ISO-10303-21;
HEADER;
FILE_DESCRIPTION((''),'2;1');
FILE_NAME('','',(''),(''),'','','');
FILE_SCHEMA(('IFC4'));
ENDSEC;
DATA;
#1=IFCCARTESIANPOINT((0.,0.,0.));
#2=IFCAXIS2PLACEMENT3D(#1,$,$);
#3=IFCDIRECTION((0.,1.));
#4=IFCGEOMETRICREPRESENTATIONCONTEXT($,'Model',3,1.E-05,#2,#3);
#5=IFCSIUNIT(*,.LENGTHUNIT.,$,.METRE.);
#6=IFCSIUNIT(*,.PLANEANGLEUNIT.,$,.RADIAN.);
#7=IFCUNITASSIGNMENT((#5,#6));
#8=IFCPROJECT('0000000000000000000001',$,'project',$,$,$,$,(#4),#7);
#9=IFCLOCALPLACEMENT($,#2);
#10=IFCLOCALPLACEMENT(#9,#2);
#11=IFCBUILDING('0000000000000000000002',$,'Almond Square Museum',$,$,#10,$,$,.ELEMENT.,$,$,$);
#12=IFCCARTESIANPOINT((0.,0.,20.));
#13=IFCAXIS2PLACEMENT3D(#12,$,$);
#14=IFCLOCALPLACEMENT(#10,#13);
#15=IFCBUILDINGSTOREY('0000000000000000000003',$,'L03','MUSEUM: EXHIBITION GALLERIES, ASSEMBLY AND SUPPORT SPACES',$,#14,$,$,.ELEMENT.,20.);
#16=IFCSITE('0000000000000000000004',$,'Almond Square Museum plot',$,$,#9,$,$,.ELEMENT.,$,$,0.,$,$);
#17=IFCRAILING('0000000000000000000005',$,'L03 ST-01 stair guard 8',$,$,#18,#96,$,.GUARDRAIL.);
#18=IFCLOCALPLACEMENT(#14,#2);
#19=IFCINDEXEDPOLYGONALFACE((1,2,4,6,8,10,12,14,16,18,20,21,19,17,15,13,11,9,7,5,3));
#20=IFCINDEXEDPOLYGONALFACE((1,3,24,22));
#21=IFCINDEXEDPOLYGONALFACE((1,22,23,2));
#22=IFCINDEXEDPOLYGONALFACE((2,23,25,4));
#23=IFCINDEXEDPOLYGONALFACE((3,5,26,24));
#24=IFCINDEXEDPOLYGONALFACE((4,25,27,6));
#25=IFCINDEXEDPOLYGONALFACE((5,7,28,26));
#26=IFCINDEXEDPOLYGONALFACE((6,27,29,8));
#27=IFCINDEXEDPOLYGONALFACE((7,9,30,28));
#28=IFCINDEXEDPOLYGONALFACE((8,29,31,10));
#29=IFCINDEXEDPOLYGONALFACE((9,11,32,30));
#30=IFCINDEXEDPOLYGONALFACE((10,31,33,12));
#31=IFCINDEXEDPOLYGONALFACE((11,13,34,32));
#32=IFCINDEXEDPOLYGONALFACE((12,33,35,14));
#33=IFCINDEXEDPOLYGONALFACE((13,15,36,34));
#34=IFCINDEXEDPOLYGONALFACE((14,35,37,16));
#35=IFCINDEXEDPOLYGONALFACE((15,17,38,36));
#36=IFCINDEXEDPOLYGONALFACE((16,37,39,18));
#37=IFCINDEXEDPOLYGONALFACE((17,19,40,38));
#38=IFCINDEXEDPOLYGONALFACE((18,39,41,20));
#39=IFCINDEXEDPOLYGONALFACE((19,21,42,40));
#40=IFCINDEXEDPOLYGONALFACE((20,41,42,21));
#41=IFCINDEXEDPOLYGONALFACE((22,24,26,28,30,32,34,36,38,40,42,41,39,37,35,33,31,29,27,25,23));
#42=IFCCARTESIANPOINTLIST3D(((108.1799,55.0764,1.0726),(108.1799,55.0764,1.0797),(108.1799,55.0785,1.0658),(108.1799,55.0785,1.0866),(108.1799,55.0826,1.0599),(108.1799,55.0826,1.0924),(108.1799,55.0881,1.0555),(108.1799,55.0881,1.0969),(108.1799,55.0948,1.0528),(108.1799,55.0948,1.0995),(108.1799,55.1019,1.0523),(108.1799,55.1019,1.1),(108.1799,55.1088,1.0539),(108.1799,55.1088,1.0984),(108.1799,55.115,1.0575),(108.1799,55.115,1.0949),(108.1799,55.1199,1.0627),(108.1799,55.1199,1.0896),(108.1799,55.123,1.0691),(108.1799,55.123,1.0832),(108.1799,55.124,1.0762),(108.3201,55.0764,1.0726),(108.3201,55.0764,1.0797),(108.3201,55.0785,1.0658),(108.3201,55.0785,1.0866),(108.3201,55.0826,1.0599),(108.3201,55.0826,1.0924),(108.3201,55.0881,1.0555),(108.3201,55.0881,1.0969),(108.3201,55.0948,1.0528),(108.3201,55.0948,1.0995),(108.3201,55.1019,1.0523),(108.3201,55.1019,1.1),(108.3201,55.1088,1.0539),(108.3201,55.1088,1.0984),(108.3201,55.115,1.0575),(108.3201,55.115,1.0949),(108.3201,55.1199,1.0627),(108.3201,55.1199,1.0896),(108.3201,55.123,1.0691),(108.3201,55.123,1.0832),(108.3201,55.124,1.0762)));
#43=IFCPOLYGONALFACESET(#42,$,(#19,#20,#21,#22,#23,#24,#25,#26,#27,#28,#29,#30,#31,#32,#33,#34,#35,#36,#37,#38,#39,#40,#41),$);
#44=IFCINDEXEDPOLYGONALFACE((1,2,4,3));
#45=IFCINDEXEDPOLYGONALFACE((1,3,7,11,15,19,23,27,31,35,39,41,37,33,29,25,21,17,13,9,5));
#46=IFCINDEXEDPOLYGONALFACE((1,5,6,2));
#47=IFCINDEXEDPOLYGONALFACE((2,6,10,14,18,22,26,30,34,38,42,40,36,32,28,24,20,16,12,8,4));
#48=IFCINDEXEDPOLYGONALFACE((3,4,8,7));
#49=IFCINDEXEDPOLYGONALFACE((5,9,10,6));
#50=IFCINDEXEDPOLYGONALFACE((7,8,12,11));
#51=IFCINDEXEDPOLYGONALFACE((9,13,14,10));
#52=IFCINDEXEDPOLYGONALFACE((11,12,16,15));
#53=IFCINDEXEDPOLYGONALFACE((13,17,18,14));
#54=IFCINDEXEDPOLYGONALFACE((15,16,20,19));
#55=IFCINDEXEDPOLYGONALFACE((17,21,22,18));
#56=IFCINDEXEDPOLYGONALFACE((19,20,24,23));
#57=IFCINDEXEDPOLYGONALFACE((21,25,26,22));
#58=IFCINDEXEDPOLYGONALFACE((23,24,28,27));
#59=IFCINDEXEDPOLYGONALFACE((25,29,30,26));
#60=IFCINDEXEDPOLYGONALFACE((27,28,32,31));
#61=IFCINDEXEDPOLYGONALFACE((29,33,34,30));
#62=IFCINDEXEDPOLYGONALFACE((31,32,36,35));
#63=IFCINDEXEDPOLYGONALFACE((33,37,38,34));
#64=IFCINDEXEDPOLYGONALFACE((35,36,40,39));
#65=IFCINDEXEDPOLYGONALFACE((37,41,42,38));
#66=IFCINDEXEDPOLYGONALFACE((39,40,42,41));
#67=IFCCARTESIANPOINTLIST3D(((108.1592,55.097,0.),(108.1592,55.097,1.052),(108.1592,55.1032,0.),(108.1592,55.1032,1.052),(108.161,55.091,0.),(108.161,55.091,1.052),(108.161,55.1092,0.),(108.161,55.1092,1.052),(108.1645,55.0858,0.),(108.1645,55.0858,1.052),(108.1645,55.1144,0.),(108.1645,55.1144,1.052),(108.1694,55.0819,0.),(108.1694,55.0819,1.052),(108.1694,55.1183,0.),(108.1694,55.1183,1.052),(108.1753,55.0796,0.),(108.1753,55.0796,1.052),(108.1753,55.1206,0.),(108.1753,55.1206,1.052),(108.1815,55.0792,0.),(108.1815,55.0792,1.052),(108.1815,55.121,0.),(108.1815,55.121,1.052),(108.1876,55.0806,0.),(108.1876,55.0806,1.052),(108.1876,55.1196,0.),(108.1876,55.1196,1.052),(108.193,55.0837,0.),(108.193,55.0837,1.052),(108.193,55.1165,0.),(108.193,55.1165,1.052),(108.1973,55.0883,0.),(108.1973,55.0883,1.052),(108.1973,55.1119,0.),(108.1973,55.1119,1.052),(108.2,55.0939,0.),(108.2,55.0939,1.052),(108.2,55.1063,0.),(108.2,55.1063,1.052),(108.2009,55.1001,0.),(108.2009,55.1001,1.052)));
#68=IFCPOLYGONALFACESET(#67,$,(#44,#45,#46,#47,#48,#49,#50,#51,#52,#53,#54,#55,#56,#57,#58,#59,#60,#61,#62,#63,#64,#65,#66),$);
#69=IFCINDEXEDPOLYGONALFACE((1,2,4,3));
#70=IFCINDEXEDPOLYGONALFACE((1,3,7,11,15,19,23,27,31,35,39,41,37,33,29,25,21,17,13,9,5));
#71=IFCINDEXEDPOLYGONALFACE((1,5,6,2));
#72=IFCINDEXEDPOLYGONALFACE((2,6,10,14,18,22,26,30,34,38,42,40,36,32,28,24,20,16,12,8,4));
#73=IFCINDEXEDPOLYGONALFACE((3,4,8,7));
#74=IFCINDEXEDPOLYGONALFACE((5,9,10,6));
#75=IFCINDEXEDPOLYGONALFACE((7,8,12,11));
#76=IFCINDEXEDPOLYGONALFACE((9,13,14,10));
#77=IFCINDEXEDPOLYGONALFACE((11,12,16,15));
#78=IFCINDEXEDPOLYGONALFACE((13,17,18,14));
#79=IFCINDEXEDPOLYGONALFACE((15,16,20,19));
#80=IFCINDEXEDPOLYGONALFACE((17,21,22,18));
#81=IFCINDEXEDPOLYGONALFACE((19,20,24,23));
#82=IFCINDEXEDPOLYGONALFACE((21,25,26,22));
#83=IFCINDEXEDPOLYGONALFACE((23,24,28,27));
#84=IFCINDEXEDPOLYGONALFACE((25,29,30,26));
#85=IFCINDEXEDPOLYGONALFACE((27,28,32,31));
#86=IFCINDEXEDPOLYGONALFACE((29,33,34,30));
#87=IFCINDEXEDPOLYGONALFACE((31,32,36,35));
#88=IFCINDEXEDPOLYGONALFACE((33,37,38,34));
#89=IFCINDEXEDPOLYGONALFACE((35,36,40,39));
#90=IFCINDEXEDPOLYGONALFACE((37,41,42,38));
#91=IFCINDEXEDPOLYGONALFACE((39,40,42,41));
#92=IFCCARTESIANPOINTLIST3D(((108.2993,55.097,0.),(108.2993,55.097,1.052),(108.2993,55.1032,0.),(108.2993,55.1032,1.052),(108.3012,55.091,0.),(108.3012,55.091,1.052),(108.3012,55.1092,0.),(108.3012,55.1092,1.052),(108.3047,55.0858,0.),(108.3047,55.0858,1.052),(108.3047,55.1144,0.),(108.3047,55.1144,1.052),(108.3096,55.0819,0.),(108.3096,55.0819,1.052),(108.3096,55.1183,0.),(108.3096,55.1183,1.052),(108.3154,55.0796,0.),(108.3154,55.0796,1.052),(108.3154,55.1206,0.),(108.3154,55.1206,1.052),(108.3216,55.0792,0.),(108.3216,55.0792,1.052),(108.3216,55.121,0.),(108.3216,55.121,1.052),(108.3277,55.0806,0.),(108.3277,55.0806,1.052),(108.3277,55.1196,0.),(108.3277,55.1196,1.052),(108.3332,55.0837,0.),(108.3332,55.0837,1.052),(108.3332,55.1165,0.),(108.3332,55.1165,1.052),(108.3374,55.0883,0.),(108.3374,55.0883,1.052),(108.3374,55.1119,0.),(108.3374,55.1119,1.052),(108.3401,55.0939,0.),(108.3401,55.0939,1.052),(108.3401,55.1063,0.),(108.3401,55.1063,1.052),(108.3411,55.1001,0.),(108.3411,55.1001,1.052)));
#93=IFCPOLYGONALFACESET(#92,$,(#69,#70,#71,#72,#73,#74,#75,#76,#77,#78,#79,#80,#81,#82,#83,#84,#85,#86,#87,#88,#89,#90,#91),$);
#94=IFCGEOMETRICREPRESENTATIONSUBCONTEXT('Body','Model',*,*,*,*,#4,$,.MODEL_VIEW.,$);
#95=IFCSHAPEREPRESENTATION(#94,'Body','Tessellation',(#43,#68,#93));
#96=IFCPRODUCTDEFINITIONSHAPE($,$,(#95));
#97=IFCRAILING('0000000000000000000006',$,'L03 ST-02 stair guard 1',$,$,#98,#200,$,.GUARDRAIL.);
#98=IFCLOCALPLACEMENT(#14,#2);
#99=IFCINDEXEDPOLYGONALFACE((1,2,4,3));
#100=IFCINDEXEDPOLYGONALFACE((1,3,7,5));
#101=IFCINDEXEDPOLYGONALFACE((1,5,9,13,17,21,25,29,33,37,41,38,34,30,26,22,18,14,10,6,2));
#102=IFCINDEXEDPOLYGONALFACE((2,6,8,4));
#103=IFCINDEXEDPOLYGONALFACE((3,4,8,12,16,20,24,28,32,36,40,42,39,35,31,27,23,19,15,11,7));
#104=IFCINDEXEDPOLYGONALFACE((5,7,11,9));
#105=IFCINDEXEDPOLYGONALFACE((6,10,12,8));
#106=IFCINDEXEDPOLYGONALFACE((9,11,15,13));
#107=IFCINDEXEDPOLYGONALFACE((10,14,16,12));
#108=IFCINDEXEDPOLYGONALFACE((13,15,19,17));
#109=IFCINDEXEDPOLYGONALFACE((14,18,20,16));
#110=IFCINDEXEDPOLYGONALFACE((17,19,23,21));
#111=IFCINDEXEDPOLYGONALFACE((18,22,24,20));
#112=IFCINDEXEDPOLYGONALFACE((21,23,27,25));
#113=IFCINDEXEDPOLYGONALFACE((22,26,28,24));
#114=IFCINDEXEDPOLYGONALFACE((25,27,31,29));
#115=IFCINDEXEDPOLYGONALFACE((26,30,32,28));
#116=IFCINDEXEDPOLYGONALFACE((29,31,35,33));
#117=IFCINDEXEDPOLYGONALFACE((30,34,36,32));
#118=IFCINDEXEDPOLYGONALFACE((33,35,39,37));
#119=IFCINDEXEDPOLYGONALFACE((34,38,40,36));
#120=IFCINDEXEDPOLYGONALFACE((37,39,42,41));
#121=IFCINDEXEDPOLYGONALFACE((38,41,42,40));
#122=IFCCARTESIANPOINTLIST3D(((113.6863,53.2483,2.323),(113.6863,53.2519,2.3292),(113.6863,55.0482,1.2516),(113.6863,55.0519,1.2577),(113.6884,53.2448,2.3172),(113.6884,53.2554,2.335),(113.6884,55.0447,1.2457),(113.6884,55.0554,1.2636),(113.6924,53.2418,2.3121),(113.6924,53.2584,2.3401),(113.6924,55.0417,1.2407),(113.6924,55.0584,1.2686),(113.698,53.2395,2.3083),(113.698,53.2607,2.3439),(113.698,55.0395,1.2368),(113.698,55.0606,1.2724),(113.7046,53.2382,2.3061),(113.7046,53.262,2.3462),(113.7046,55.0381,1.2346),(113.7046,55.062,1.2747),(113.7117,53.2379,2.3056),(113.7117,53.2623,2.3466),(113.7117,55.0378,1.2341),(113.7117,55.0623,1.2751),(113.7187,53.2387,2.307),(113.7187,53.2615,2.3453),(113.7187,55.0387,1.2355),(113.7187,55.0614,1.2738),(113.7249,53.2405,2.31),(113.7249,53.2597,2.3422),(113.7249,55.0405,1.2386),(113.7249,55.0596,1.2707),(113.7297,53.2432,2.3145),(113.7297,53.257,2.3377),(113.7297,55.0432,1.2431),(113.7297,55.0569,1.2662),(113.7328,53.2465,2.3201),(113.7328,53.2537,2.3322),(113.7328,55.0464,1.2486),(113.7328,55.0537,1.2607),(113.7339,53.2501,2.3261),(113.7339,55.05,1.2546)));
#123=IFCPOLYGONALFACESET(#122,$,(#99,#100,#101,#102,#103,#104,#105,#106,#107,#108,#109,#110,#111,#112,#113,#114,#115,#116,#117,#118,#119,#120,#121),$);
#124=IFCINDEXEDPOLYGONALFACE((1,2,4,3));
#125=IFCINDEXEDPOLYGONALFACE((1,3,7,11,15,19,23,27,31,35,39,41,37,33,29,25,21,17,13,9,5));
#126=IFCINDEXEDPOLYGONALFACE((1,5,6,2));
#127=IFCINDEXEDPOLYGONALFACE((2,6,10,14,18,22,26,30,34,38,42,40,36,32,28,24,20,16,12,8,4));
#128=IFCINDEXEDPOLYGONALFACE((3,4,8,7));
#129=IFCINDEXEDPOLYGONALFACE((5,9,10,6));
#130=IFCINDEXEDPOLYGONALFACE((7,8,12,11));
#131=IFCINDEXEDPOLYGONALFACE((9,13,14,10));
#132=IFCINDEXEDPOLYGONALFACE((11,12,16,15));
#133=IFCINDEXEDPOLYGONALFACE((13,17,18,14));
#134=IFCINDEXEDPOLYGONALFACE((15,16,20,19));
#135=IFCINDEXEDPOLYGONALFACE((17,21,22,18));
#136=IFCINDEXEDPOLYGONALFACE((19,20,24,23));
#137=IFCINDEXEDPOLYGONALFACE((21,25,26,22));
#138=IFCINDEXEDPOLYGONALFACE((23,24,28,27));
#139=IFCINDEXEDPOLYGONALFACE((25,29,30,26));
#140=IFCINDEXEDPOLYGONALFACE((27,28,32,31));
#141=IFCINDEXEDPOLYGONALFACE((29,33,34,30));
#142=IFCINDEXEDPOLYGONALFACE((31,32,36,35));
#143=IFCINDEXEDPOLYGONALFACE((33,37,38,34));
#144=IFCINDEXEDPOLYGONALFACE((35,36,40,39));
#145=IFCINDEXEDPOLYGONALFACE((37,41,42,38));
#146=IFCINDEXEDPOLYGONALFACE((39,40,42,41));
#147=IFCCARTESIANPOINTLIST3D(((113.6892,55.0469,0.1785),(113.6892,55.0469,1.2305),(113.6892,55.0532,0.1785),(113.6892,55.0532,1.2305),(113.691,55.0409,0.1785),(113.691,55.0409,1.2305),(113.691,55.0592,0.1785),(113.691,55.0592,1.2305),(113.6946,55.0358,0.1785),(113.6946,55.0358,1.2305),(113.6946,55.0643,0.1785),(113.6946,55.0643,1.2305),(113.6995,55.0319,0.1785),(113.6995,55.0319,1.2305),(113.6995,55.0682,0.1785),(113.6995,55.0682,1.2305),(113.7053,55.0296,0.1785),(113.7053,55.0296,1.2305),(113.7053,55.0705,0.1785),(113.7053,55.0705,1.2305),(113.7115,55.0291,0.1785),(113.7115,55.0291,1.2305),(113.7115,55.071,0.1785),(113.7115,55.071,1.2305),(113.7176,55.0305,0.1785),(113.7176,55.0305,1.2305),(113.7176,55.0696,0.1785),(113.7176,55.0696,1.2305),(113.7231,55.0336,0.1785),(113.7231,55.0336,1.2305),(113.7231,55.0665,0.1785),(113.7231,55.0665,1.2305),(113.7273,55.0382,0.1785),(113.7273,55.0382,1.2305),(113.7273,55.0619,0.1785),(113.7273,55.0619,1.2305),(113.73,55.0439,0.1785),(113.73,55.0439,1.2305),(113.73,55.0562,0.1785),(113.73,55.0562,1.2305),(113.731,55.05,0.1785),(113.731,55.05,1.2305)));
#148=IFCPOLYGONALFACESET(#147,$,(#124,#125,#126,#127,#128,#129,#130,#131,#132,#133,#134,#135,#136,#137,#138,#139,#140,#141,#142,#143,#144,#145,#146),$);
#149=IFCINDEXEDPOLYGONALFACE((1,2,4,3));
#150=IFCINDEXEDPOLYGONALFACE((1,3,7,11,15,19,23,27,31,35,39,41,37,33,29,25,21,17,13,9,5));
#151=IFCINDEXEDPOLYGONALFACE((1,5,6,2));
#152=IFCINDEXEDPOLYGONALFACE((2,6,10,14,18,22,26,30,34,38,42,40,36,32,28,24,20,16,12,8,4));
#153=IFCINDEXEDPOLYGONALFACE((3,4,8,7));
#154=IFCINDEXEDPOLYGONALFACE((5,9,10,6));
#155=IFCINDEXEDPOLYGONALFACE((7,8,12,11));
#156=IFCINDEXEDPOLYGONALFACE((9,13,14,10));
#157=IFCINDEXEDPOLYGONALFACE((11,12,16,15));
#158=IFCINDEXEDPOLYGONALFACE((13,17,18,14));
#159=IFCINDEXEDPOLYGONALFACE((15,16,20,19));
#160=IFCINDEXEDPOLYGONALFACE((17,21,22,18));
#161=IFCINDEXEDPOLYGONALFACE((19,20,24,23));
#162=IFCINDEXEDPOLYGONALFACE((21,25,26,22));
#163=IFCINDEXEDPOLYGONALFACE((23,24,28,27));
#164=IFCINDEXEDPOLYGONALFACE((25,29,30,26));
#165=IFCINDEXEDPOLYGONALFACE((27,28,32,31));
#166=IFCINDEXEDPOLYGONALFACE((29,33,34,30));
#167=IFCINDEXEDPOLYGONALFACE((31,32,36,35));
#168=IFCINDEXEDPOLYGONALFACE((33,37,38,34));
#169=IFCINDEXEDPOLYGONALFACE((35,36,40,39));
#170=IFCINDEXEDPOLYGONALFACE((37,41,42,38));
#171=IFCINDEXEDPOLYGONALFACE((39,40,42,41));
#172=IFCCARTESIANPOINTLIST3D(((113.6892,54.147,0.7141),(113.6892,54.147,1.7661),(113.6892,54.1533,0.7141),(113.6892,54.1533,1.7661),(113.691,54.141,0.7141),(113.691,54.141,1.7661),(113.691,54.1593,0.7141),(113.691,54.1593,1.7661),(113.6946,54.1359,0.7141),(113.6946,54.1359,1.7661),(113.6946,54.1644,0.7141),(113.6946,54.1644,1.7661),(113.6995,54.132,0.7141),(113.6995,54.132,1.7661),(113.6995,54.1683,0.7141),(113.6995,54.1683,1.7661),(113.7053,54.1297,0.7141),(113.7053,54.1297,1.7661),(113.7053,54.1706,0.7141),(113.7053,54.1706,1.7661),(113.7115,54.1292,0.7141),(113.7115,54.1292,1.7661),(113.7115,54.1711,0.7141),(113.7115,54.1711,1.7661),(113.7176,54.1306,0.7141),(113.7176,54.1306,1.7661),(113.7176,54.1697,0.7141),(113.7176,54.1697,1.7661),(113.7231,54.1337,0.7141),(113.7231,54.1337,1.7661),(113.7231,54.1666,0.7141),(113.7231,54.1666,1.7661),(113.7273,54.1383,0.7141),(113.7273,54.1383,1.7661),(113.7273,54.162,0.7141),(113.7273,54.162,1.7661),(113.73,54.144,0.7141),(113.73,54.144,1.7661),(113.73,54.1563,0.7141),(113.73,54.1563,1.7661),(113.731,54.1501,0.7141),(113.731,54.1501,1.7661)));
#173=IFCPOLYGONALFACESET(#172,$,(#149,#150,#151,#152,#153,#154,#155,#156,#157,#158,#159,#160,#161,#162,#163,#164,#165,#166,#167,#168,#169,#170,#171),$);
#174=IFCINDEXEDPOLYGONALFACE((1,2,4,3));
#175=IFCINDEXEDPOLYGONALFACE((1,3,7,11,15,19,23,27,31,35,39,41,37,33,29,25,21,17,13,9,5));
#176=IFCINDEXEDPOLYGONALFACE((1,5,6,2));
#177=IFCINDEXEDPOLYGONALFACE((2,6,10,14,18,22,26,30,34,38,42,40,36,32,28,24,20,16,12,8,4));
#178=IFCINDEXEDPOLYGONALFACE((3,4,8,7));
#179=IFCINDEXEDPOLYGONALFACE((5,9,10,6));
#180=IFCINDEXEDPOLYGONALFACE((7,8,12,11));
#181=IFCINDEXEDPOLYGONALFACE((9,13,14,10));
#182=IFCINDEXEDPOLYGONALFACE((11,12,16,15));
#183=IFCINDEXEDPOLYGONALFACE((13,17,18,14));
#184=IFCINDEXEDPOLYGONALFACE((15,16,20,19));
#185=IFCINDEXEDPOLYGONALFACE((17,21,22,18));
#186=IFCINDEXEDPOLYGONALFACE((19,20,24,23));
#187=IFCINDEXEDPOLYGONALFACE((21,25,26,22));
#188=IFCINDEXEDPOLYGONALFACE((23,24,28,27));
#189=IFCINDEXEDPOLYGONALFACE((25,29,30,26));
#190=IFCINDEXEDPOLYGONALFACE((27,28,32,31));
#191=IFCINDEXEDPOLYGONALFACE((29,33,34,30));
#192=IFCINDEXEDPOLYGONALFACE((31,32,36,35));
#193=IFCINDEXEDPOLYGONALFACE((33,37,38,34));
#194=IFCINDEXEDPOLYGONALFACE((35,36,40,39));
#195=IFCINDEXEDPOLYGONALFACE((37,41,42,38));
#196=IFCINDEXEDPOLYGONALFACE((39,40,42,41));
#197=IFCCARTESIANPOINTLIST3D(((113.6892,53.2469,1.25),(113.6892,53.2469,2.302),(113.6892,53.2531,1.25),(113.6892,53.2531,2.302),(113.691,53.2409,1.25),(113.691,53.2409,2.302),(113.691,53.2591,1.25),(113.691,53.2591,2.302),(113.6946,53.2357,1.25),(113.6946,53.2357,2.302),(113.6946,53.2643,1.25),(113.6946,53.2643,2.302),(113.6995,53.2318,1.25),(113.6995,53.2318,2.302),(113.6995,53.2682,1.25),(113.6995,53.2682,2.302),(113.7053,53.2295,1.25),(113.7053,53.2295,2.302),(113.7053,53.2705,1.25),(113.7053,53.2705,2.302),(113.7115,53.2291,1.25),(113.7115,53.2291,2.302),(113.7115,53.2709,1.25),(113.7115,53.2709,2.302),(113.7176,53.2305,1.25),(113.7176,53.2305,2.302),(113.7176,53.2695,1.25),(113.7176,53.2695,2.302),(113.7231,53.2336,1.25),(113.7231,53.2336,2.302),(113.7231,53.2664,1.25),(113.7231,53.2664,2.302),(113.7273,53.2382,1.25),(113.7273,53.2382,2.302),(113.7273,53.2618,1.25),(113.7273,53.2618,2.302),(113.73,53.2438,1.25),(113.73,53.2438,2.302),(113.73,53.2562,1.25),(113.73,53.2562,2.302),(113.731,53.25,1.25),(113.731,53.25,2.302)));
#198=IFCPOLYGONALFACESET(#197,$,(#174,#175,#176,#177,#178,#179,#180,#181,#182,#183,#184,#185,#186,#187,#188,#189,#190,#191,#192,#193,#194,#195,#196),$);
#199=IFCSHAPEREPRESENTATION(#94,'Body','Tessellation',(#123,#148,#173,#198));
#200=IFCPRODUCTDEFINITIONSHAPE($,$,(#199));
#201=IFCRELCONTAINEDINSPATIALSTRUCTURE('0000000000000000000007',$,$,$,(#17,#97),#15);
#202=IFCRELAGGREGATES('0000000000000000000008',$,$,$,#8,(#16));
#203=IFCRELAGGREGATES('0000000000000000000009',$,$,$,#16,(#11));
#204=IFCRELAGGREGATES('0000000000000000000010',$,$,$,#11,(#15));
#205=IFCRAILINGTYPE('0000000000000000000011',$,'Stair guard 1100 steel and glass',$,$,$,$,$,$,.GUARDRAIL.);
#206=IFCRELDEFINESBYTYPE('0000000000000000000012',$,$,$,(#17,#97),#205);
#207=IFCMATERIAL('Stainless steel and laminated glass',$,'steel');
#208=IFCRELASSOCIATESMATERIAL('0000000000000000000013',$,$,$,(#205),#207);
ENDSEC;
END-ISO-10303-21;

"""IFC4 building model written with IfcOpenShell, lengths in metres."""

from ifc_helpers import new_model, si_unit, direction, frame, origin, origin_2d, place, context, subcontext, project, spatial, circle, extrude, material, type_object, element, save


model = new_model("IFC4")

# Units and contexts
model_context = context("Model", 3, precision=1e-05, world=origin(), true_north=direction((0.0, 1.0)))
body_context = subcontext(model_context, "Body", "Model", "MODEL_VIEW")
ifc_project = project(units=[si_unit("LENGTHUNIT", "METRE"), si_unit("PLANEANGLEUNIT", "RADIAN")], contexts=[model_context])

# Site, building, storey
site_placement = place(None, origin())
site = spatial("IfcSite", under=ifc_project, at=site_placement, Name="Almond Square Museum plot", CompositionType="ELEMENT", RefElevation=0.0)
building_placement = place(site_placement, origin())
building = spatial("IfcBuilding", under=site, at=building_placement, Name="Almond Square Museum", CompositionType="ELEMENT")
storey_placement = place(building_placement, frame((0.0, 0.0, 20.0)))
storey = spatial("IfcBuildingStorey", under=building, at=storey_placement, Name="L03", Description="MUSEUM: EXHIBITION GALLERIES, ASSEMBLY AND SUPPORT SPACES", CompositionType="ELEMENT", Elevation=20.0)

# Railings
ifc_material_1 = material(Name="Stainless steel and laminated glass", Category="steel")
railing_type_1 = type_object("IfcRailingType", Name="Stair guard 1100 steel and glass", PredefinedType="GUARDRAIL", material=ifc_material_1)
railing_1_placement = place(storey_placement, frame((108.1799, 55.1001, 0.0)))
element("IfcRailing", 1, at=railing_1_placement, inside=storey, type_object=railing_type_1, Name="L03 ST-01 stair guard 8", PredefinedType="GUARDRAIL", context=body_context, shape_type="SweptSolid", body=[
    extrude(circle(Radius=0.0239, at=origin_2d()), frame((0.0, 0.0, 1.0762), z_axis=(1.0, 0.0, 0.0), x_axis=(0.0, 1.0, 0.0)), (0.0, 0.0, 1.0), 0.1401),
    extrude(circle(Radius=0.021, at=origin_2d()), origin(), (0.0, 0.0, 1.0), 1.052),
    extrude(circle(Radius=0.021, at=origin_2d()), frame((0.1401, 0.0, 0.0)), (0.0, 0.0, 1.0), 1.052),
])
railing_2_placement = place(storey_placement, frame((113.71, 55.05, 0.1785)))
element("IfcRailing", 2, at=railing_2_placement, inside=storey, type_object=railing_type_1, Name="L03 ST-02 stair guard 1", PredefinedType="GUARDRAIL", context=body_context, shape_type="SweptSolid", body=[
    extrude(circle(Radius=0.0239, at=origin_2d()), frame((0.0, 0.0, 1.0762), z_axis=(0.0, -0.859277, 0.51151), x_axis=(1.0, 0.0, 0.0)), (0.0, 0.0, 1.0), 2.0947),
    extrude(circle(Radius=0.021, at=origin_2d()), origin(), (0.0, 0.0, 1.0), 1.052),
    extrude(circle(Radius=0.021, at=origin_2d()), frame((0.0, -0.8999, 0.5356)), (0.0, 0.0, 1.0), 1.052),
    extrude(circle(Radius=0.021, at=origin_2d()), frame((0.0, -1.8, 1.0715)), (0.0, 0.0, 1.0), 1.052),
])

save(model, "model.ifc")
